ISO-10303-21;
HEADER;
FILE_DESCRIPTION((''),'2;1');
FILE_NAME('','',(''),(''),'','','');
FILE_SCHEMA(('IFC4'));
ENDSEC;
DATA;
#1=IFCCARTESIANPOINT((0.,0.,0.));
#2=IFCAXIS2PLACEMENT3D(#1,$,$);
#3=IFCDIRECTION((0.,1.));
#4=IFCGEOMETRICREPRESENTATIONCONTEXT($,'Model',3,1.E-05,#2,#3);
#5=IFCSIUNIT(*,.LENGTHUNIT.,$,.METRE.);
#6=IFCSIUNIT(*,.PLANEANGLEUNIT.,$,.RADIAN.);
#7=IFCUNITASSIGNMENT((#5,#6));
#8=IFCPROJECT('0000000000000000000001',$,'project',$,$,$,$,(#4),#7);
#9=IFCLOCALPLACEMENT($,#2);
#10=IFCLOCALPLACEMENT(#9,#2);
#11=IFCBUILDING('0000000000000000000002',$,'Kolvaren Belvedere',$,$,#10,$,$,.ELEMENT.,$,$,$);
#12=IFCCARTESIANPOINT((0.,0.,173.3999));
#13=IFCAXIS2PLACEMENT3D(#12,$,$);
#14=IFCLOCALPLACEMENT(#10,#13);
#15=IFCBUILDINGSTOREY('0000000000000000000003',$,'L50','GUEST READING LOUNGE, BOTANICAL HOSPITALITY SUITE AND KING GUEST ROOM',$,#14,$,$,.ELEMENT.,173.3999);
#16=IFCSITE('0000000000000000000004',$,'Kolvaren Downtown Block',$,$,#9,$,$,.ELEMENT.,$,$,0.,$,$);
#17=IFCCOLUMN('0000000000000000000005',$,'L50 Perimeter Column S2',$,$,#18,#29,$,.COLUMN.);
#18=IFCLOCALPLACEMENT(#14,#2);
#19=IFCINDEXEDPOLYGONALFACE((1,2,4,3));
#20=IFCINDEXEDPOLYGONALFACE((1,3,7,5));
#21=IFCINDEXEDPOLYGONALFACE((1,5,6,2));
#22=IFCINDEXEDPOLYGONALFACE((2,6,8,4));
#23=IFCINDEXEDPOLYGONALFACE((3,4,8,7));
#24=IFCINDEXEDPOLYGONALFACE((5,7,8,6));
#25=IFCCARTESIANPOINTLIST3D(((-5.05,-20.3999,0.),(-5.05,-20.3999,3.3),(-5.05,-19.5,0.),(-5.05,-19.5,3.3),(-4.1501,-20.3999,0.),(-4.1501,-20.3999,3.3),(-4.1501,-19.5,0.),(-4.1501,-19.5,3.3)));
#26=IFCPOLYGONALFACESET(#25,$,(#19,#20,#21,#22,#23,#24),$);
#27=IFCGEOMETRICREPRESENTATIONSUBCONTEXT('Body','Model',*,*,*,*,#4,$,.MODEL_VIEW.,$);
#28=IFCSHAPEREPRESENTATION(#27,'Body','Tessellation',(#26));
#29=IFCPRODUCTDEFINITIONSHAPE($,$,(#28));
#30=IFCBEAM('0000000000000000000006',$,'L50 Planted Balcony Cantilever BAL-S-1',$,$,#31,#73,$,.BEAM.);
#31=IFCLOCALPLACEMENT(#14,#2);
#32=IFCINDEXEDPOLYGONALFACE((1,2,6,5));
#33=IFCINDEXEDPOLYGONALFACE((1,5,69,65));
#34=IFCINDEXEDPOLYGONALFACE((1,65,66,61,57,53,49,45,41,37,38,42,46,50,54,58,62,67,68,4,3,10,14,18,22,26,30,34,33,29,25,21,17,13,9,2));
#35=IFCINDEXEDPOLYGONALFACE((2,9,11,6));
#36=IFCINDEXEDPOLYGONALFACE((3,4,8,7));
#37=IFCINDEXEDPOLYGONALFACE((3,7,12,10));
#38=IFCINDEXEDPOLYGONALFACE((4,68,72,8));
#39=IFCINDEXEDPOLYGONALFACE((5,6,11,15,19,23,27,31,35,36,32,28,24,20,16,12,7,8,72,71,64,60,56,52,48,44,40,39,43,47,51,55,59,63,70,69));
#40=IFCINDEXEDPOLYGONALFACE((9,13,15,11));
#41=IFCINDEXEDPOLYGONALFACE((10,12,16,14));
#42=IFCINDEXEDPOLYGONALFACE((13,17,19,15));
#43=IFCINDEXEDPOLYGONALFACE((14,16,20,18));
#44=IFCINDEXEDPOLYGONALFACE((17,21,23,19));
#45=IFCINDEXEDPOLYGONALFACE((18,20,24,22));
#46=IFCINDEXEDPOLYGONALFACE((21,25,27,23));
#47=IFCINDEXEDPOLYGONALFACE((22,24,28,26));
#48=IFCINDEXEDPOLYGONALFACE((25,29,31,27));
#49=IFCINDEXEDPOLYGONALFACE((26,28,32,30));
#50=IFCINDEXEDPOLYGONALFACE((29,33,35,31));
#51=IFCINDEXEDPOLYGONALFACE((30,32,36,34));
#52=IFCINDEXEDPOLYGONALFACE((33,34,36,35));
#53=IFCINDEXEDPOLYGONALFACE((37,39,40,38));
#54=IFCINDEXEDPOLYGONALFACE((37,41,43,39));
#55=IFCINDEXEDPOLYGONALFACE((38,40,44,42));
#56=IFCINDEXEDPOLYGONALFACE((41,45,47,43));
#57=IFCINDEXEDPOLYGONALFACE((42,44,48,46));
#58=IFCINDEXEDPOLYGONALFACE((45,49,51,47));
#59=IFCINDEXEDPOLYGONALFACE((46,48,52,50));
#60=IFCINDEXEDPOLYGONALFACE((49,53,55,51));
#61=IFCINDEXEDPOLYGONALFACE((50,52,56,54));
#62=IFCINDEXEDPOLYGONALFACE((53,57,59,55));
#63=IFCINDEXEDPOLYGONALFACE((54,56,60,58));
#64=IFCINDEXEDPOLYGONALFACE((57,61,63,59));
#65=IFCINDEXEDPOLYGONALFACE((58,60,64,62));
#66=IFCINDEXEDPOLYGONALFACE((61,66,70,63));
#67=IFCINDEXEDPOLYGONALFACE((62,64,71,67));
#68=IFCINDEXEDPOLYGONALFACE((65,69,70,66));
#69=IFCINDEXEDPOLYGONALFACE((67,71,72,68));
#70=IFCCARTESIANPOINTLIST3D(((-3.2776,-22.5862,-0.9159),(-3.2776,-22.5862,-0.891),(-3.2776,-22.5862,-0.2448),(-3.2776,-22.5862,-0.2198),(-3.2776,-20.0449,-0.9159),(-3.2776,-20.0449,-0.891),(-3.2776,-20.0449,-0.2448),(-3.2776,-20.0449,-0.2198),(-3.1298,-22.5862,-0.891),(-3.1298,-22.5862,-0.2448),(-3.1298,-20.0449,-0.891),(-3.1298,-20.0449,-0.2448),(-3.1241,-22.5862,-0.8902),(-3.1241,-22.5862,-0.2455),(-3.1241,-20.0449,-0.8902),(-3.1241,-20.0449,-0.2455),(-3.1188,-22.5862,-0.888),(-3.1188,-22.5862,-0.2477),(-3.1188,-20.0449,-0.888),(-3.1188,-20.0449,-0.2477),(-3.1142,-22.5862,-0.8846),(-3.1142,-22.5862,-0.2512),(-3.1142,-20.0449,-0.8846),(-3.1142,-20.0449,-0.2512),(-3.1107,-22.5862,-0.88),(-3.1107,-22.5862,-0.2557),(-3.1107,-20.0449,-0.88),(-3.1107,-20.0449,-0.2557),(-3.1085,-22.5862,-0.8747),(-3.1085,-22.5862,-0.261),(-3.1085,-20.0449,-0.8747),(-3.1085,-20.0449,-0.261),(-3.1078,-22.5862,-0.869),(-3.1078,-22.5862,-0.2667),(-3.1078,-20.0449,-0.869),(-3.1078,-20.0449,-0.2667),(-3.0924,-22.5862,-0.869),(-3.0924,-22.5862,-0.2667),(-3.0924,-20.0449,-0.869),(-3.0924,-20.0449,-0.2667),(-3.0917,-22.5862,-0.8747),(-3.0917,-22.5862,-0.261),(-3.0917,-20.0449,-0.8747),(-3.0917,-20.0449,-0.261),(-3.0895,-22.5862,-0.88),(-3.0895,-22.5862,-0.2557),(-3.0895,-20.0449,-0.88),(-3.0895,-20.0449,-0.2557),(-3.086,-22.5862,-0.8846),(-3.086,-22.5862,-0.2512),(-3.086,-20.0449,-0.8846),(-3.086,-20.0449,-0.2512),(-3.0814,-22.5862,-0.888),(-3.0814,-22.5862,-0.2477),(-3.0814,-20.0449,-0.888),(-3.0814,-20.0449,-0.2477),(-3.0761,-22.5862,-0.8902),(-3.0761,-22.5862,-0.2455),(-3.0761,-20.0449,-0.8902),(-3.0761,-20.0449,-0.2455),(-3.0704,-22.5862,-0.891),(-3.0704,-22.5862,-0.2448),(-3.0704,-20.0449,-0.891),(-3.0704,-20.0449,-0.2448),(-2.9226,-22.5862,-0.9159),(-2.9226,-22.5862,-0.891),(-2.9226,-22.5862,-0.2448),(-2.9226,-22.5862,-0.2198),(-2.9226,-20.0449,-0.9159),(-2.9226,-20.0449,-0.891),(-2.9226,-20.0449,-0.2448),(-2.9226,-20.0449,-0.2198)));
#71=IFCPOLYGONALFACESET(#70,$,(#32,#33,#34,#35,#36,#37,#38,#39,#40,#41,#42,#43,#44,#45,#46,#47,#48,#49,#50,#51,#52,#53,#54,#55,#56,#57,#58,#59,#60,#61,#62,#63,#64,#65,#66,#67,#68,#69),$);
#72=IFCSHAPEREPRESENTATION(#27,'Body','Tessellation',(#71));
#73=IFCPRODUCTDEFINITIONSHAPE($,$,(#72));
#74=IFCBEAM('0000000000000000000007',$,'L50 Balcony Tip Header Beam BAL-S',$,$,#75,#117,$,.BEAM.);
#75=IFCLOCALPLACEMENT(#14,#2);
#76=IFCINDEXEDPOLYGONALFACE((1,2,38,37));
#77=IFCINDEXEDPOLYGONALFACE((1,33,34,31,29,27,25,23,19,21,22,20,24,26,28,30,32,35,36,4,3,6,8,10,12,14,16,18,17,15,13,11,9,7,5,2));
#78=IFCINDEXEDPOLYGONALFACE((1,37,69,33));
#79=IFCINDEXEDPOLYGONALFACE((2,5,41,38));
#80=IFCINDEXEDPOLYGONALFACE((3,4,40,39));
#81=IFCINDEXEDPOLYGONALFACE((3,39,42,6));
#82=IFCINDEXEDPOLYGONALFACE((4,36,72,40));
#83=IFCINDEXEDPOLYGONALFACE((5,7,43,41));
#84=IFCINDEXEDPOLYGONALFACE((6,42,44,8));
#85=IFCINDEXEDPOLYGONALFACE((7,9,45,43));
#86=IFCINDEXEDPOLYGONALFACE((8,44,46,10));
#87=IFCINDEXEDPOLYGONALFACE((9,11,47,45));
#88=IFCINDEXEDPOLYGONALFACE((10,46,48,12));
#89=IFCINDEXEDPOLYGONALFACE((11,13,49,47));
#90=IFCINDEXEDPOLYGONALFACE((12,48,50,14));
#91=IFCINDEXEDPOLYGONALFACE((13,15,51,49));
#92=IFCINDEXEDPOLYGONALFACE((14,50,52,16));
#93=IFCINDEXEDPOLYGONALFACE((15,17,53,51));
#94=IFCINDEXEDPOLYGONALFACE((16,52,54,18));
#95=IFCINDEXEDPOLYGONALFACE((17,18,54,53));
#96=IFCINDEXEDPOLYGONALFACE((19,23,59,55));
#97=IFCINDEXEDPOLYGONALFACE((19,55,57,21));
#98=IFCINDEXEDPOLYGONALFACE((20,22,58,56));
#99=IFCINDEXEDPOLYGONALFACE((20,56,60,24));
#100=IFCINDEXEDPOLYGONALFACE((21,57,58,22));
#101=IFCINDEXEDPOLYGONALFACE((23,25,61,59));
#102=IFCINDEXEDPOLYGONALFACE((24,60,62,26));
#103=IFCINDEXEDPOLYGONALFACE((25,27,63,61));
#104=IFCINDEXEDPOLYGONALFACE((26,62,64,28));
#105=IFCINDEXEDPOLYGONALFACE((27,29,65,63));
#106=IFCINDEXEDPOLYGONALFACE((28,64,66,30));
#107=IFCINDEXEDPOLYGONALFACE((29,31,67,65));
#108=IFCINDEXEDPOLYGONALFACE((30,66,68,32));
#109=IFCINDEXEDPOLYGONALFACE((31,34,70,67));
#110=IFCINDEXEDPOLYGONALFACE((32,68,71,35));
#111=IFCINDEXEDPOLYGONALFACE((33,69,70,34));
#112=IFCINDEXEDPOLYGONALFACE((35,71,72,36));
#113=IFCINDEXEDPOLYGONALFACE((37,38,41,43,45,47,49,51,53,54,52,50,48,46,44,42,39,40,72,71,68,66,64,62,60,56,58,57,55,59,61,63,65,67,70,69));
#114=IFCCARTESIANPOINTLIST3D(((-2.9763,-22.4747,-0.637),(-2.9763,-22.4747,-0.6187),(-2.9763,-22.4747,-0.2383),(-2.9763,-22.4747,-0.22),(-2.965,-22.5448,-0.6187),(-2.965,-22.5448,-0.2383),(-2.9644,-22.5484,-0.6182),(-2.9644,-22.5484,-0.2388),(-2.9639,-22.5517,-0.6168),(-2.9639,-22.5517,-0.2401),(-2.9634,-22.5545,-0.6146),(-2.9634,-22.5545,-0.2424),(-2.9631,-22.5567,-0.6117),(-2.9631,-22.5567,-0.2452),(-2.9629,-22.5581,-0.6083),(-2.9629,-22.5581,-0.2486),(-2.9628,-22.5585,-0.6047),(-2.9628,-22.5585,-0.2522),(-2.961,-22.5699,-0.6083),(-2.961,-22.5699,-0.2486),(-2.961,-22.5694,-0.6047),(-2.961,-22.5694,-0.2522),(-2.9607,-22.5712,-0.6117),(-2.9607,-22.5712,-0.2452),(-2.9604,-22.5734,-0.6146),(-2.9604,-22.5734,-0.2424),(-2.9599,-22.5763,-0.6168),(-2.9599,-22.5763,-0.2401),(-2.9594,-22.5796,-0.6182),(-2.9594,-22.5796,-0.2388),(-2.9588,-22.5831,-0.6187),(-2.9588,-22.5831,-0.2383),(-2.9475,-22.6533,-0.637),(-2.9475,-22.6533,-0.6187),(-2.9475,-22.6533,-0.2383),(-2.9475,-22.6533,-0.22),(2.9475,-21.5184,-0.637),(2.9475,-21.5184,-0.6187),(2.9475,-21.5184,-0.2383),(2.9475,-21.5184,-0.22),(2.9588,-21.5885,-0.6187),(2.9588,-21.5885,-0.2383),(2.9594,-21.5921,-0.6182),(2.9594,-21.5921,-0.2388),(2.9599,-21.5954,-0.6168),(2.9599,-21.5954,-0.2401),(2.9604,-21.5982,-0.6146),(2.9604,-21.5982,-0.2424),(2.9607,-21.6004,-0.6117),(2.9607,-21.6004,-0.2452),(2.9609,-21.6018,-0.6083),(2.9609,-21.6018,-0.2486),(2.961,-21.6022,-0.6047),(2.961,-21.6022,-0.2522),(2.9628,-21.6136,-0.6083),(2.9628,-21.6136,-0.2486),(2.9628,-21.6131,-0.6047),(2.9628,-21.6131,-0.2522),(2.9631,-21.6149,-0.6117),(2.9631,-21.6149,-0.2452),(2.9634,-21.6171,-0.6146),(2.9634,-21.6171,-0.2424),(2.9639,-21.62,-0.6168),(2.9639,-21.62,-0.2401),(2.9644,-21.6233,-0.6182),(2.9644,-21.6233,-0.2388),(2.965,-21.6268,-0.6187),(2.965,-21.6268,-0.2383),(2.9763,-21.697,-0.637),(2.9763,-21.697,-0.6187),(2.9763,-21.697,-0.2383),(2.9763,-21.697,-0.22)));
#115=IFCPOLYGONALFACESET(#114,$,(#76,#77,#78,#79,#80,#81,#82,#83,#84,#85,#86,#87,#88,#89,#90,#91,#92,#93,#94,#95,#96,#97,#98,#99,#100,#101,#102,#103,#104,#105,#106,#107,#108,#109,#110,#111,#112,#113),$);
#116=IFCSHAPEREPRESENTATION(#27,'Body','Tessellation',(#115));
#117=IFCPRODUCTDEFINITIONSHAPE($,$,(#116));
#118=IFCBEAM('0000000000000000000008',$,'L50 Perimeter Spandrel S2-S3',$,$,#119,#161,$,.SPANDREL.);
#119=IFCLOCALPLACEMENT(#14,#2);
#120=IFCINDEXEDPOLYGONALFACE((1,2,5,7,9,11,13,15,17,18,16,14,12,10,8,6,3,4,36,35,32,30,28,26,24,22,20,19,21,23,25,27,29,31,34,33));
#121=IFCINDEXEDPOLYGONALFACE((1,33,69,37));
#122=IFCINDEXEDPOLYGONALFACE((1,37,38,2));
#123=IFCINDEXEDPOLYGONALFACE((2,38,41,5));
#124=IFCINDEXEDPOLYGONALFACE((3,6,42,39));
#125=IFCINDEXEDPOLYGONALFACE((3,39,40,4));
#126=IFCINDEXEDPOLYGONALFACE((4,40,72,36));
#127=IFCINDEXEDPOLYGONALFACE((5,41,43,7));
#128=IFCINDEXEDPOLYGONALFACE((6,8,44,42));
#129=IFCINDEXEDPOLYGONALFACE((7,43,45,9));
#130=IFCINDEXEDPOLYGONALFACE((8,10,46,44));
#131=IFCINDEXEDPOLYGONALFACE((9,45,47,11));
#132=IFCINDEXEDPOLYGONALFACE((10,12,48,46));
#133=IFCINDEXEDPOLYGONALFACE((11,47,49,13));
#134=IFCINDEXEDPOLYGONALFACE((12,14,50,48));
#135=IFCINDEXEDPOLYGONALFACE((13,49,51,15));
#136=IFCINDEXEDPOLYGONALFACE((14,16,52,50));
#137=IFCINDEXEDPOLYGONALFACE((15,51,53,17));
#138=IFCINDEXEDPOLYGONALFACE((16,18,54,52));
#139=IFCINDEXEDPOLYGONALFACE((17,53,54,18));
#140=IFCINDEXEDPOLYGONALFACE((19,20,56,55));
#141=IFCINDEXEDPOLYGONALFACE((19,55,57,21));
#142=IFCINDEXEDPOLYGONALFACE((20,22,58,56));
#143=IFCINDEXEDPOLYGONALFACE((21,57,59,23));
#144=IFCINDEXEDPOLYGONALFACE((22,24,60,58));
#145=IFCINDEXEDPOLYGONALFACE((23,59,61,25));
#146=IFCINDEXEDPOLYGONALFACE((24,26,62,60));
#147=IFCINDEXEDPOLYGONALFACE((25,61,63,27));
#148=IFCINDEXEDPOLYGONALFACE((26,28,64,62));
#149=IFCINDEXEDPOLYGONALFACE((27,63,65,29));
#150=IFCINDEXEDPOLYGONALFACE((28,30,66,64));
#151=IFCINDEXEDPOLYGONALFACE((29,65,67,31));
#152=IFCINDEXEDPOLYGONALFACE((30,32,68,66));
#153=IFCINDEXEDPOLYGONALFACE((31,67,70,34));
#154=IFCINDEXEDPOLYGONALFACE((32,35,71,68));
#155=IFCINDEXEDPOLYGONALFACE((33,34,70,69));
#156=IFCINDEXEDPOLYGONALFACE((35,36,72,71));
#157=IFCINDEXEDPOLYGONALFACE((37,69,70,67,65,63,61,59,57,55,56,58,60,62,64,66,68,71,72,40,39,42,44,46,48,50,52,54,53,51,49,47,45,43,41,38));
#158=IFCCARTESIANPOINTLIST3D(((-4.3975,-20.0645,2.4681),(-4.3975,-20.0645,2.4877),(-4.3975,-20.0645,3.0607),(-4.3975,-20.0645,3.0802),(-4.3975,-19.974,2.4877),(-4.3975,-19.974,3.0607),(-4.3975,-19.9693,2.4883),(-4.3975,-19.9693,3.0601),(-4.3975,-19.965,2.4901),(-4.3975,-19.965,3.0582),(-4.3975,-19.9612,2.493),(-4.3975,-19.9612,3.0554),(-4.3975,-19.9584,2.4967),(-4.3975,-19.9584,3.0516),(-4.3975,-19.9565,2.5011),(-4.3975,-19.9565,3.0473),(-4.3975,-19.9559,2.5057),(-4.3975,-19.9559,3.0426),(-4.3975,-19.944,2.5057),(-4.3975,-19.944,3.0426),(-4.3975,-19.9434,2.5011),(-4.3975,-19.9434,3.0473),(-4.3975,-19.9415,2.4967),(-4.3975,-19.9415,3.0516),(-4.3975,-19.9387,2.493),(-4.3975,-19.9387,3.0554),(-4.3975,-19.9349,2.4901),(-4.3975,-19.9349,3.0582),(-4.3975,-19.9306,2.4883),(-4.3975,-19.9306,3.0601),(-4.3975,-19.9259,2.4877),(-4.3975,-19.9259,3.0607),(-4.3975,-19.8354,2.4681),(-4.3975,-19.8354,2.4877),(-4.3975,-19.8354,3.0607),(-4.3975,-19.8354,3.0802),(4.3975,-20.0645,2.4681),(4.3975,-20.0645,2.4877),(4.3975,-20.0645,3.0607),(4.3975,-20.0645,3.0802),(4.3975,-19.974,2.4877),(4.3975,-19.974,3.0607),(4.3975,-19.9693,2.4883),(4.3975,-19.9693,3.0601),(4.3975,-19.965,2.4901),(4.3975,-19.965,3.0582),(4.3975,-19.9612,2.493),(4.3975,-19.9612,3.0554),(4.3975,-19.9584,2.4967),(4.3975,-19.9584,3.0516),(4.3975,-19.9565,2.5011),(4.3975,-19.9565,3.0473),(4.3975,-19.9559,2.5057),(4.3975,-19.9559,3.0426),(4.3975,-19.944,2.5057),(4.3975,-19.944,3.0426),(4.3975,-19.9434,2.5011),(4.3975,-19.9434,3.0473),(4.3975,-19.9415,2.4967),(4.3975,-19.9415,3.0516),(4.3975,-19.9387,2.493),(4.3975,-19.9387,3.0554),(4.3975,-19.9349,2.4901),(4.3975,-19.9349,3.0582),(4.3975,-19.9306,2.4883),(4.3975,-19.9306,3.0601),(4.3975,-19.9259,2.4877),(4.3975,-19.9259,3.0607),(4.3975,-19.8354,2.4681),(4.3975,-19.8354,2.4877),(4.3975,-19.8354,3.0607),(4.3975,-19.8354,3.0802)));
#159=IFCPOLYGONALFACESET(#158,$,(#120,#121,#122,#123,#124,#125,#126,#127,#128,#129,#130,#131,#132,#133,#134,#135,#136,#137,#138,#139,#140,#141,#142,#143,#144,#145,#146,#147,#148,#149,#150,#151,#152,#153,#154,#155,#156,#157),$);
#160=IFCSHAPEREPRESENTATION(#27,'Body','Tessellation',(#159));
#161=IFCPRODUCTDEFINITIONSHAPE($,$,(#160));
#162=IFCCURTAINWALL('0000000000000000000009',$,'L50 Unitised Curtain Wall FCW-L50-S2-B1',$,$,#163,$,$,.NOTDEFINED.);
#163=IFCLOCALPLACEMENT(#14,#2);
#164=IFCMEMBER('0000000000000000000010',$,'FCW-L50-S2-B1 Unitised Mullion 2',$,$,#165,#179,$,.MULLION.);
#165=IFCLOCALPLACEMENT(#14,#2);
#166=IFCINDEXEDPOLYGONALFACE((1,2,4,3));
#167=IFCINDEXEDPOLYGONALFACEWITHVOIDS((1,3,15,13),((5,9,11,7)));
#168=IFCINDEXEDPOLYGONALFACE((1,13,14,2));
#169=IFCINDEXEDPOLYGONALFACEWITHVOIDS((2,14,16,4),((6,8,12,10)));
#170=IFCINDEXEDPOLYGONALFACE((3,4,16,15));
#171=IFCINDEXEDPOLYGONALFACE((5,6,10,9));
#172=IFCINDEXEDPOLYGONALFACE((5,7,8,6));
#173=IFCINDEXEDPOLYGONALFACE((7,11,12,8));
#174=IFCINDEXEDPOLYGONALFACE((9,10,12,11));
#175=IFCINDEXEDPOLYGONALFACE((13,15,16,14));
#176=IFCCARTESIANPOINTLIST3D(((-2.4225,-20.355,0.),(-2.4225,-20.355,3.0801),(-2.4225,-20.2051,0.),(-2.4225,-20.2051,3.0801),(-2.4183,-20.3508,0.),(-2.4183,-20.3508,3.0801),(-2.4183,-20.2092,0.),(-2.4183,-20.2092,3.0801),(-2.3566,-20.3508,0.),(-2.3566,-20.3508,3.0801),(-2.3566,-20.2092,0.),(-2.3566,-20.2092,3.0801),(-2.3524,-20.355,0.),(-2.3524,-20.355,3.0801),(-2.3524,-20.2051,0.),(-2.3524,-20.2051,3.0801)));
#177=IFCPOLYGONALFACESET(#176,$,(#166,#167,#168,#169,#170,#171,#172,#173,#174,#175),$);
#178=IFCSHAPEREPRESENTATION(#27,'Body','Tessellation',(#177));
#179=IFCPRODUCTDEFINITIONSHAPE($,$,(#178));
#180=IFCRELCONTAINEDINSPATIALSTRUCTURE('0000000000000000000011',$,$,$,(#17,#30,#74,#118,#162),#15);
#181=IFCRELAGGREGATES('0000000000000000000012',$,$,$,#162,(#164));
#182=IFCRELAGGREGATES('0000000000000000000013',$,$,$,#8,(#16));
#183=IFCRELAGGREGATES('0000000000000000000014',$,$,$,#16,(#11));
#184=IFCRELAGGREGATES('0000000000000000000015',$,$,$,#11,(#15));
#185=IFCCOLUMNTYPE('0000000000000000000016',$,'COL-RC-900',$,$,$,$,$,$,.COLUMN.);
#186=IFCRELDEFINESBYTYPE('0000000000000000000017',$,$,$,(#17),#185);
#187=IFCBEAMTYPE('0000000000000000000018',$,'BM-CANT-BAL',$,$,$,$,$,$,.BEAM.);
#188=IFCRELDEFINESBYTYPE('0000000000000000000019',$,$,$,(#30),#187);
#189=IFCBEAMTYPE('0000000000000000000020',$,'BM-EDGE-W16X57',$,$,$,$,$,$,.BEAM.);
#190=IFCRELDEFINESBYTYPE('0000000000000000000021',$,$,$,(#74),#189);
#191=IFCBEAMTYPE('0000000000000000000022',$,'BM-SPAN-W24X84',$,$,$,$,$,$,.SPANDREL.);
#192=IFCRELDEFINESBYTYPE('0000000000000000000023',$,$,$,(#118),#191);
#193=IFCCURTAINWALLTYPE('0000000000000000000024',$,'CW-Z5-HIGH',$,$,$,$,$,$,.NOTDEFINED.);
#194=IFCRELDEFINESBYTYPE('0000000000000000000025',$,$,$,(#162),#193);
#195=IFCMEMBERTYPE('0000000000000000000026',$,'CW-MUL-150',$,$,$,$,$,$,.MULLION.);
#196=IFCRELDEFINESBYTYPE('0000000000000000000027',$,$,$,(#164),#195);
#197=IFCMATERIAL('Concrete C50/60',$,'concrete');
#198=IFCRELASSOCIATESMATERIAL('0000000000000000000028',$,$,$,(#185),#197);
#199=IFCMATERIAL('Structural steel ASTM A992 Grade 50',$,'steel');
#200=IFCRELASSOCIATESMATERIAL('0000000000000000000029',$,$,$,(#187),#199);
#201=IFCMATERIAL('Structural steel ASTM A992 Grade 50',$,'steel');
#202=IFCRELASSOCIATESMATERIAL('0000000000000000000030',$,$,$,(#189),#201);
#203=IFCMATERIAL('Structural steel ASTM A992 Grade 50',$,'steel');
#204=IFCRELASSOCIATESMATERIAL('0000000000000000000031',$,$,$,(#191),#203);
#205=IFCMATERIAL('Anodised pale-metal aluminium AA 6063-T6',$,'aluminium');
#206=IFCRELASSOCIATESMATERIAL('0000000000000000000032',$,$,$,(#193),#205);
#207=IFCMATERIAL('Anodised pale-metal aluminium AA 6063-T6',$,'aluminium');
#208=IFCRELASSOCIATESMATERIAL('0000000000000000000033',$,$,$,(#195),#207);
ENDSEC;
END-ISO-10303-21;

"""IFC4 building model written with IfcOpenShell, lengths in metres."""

from ifc_helpers import new_model, si_unit, direction, frame, origin, origin_2d, place, context, subcontext, project, spatial, rectangle, hollow_rectangle, i_section, extrude, material, material_profile, profile_set, type_object, element, aggregate, save


model = new_model("IFC4")

# Units and contexts
model_context = context("Model", 3, precision=1e-05, world=origin(), true_north=direction((0.0, 1.0)))
body_context = subcontext(model_context, "Body", "Model", "MODEL_VIEW")
ifc_project = project(units=[si_unit("LENGTHUNIT", "METRE"), si_unit("PLANEANGLEUNIT", "RADIAN")], contexts=[model_context])

# Site, building, storey
site_placement = place(None, origin())
site = spatial("IfcSite", under=ifc_project, at=site_placement, Name="Kolvaren Downtown Block", CompositionType="ELEMENT", RefElevation=0.0)
building_placement = place(site_placement, origin())
building = spatial("IfcBuilding", under=site, at=building_placement, Name="Kolvaren Belvedere", CompositionType="ELEMENT")
storey_placement = place(building_placement, frame((0.0, 0.0, 173.3999)))
storey = spatial("IfcBuildingStorey", under=building, at=storey_placement, Name="L50", Description="GUEST READING LOUNGE, BOTANICAL HOSPITALITY SUITE AND KING GUEST ROOM", CompositionType="ELEMENT", Elevation=173.3999)

# Column
ifc_material_1 = material(Name="Concrete C50/60", Category="concrete")
ifc_material_profile_1 = material_profile(ifc_material_1, rectangle(XDim=0.8999, YDim=0.8999, at=origin_2d()), Name="RC 900X900")
ifc_profile_set_1 = profile_set([ifc_material_profile_1], Name="Concrete C50/60")
column_type = type_object("IfcColumnType", Name="COL-RC-900", PredefinedType="COLUMN", material=ifc_profile_set_1)
column_placement = place(storey_placement, frame((-4.6001, -19.95, 0.0), z_axis=(0.0, 0.0, 1.0), x_axis=(1.0, 0.0, 0.0)))
element("IfcColumn", 1, at=column_placement, inside=storey, type_object=column_type, Name="L50 Perimeter Column S2", PredefinedType="COLUMN", context=body_context, shape_type="SweptSolid", body=[
    extrude(rectangle(XDim=0.8999, YDim=0.8999, at=origin_2d()), origin(), (0.0, 0.0, 1.0), 3.3),
])

# Beams
ifc_material_2 = material(Name="Structural steel ASTM A992 Grade 50", Category="steel")
ifc_material_profile_2 = material_profile(ifc_material_2, i_section(OverallWidth=0.355, OverallDepth=0.696, WebThickness=0.0154, FlangeThickness=0.0249, FilletRadius=0.022, at=origin_2d()), Name="W27X146")
ifc_profile_set_2 = profile_set([ifc_material_profile_2], Name="Structural steel ASTM A992 Grade 50")
beam_type_1 = type_object("IfcBeamType", Name="BM-CANT-BAL", PredefinedType="BEAM", material=ifc_profile_set_2)
beam_1_placement = place(storey_placement, frame((-3.1001, -20.0449, -0.5679), z_axis=(0.0, -1.0, 0.0), x_axis=(1.0, 0.0, 0.0)))
element("IfcBeam", 2, at=beam_1_placement, inside=storey, type_object=beam_type_1, Name="L50 Planted Balcony Cantilever BAL-S-1", PredefinedType="BEAM", context=body_context, shape_type="SweptSolid", body=[
    extrude(i_section(OverallWidth=0.355, OverallDepth=0.696, WebThickness=0.0154, FlangeThickness=0.0249, FilletRadius=0.022, at=origin_2d()), origin(), (0.0, 0.0, 1.0), 2.5413),
])
ifc_material_3 = material(Name="Structural steel ASTM A992 Grade 50", Category="steel")
ifc_material_profile_3 = material_profile(ifc_material_3, i_section(OverallWidth=0.1809, OverallDepth=0.417, WebThickness=0.011, FlangeThickness=0.0183, FilletRadius=0.0139, at=origin_2d()), Name="W16X57")
ifc_profile_set_3 = profile_set([ifc_material_profile_3], Name="Structural steel ASTM A992 Grade 50")
beam_type_2 = type_object("IfcBeamType", Name="BM-EDGE-W16X57", PredefinedType="BEAM", material=ifc_profile_set_3)
beam_2_placement = place(storey_placement, frame((-2.9619, -22.564, -0.4285), z_axis=(0.987219, 0.159369, 0.0), x_axis=(-0.159369, 0.987219, 0.0)))
element("IfcBeam", 3, at=beam_2_placement, inside=storey, type_object=beam_type_2, Name="L50 Balcony Tip Header Beam BAL-S", PredefinedType="BEAM", context=body_context, shape_type="SweptSolid", body=[
    extrude(i_section(OverallWidth=0.1809, OverallDepth=0.417, WebThickness=0.011, FlangeThickness=0.0183, FilletRadius=0.0139, at=origin_2d()), origin(), (0.0, 0.0, 1.0), 6.0005),
])
ifc_material_4 = material(Name="Structural steel ASTM A992 Grade 50", Category="steel")
ifc_material_profile_4 = material_profile(ifc_material_4, i_section(OverallWidth=0.229, OverallDepth=0.6121, WebThickness=0.012, FlangeThickness=0.0195, FilletRadius=0.0181, at=origin_2d()), Name="W24X84")
ifc_profile_set_4 = profile_set([ifc_material_profile_4], Name="Structural steel ASTM A992 Grade 50")
beam_type_3 = type_object("IfcBeamType", Name="BM-SPAN-W24X84", PredefinedType="SPANDREL", material=ifc_profile_set_4)
beam_3_placement = place(storey_placement, frame((-4.3975, -19.95, 2.7742), z_axis=(1.0, 0.0, 0.0), x_axis=(0.0, 1.0, 0.0)))
element("IfcBeam", 4, at=beam_3_placement, inside=storey, type_object=beam_type_3, Name="L50 Perimeter Spandrel S2-S3", PredefinedType="SPANDREL", context=body_context, shape_type="SweptSolid", body=[
    extrude(i_section(OverallWidth=0.229, OverallDepth=0.6121, WebThickness=0.012, FlangeThickness=0.0195, FilletRadius=0.0181, at=origin_2d()), origin(), (0.0, 0.0, 1.0), 8.7949),
])

# Curtain wall, member
ifc_material_5 = material(Name="Anodised pale-metal aluminium AA 6063-T6", Category="aluminium")
curtain_wall_type = type_object("IfcCurtainWallType", Name="CW-Z5-HIGH", PredefinedType="NOTDEFINED", material=ifc_material_5)
curtain_wall_1_placement = place(storey_placement, origin())
curtain_wall_1 = element("IfcCurtainWall", 5, at=curtain_wall_1_placement, inside=storey, type_object=curtain_wall_type, Name="L50 Unitised Curtain Wall FCW-L50-S2-B1", PredefinedType="NOTDEFINED")
ifc_material_6 = material(Name="Anodised pale-metal aluminium AA 6063-T6", Category="aluminium")
ifc_material_profile_5 = material_profile(ifc_material_6, hollow_rectangle(XDim=0.0701, YDim=0.1499, WallThickness=0.0042, at=origin_2d()), Name="ALU-MUL-150X70")
ifc_profile_set_5 = profile_set([ifc_material_profile_5], Name="Anodised pale-metal aluminium AA 6063-T6")
member_type_1 = type_object("IfcMemberType", Name="CW-MUL-150", PredefinedType="MULLION", material=ifc_profile_set_5)
member_1_placement = place(storey_placement, frame((-2.3875, -20.28, 0.0), z_axis=(0.0, 0.0, 1.0), x_axis=(1.0, 0.0, 0.0)))
member_1 = element("IfcMember", 6, at=member_1_placement, type_object=member_type_1, Name="FCW-L50-S2-B1 Unitised Mullion 2", PredefinedType="MULLION", context=body_context, shape_type="SweptSolid", body=[
    extrude(hollow_rectangle(XDim=0.0701, YDim=0.1499, WallThickness=0.0042, at=origin_2d()), origin(), (0.0, 0.0, 1.0), 3.0801),
])

aggregate(curtain_wall_1, [member_1])

save(model, "model.ifc")
